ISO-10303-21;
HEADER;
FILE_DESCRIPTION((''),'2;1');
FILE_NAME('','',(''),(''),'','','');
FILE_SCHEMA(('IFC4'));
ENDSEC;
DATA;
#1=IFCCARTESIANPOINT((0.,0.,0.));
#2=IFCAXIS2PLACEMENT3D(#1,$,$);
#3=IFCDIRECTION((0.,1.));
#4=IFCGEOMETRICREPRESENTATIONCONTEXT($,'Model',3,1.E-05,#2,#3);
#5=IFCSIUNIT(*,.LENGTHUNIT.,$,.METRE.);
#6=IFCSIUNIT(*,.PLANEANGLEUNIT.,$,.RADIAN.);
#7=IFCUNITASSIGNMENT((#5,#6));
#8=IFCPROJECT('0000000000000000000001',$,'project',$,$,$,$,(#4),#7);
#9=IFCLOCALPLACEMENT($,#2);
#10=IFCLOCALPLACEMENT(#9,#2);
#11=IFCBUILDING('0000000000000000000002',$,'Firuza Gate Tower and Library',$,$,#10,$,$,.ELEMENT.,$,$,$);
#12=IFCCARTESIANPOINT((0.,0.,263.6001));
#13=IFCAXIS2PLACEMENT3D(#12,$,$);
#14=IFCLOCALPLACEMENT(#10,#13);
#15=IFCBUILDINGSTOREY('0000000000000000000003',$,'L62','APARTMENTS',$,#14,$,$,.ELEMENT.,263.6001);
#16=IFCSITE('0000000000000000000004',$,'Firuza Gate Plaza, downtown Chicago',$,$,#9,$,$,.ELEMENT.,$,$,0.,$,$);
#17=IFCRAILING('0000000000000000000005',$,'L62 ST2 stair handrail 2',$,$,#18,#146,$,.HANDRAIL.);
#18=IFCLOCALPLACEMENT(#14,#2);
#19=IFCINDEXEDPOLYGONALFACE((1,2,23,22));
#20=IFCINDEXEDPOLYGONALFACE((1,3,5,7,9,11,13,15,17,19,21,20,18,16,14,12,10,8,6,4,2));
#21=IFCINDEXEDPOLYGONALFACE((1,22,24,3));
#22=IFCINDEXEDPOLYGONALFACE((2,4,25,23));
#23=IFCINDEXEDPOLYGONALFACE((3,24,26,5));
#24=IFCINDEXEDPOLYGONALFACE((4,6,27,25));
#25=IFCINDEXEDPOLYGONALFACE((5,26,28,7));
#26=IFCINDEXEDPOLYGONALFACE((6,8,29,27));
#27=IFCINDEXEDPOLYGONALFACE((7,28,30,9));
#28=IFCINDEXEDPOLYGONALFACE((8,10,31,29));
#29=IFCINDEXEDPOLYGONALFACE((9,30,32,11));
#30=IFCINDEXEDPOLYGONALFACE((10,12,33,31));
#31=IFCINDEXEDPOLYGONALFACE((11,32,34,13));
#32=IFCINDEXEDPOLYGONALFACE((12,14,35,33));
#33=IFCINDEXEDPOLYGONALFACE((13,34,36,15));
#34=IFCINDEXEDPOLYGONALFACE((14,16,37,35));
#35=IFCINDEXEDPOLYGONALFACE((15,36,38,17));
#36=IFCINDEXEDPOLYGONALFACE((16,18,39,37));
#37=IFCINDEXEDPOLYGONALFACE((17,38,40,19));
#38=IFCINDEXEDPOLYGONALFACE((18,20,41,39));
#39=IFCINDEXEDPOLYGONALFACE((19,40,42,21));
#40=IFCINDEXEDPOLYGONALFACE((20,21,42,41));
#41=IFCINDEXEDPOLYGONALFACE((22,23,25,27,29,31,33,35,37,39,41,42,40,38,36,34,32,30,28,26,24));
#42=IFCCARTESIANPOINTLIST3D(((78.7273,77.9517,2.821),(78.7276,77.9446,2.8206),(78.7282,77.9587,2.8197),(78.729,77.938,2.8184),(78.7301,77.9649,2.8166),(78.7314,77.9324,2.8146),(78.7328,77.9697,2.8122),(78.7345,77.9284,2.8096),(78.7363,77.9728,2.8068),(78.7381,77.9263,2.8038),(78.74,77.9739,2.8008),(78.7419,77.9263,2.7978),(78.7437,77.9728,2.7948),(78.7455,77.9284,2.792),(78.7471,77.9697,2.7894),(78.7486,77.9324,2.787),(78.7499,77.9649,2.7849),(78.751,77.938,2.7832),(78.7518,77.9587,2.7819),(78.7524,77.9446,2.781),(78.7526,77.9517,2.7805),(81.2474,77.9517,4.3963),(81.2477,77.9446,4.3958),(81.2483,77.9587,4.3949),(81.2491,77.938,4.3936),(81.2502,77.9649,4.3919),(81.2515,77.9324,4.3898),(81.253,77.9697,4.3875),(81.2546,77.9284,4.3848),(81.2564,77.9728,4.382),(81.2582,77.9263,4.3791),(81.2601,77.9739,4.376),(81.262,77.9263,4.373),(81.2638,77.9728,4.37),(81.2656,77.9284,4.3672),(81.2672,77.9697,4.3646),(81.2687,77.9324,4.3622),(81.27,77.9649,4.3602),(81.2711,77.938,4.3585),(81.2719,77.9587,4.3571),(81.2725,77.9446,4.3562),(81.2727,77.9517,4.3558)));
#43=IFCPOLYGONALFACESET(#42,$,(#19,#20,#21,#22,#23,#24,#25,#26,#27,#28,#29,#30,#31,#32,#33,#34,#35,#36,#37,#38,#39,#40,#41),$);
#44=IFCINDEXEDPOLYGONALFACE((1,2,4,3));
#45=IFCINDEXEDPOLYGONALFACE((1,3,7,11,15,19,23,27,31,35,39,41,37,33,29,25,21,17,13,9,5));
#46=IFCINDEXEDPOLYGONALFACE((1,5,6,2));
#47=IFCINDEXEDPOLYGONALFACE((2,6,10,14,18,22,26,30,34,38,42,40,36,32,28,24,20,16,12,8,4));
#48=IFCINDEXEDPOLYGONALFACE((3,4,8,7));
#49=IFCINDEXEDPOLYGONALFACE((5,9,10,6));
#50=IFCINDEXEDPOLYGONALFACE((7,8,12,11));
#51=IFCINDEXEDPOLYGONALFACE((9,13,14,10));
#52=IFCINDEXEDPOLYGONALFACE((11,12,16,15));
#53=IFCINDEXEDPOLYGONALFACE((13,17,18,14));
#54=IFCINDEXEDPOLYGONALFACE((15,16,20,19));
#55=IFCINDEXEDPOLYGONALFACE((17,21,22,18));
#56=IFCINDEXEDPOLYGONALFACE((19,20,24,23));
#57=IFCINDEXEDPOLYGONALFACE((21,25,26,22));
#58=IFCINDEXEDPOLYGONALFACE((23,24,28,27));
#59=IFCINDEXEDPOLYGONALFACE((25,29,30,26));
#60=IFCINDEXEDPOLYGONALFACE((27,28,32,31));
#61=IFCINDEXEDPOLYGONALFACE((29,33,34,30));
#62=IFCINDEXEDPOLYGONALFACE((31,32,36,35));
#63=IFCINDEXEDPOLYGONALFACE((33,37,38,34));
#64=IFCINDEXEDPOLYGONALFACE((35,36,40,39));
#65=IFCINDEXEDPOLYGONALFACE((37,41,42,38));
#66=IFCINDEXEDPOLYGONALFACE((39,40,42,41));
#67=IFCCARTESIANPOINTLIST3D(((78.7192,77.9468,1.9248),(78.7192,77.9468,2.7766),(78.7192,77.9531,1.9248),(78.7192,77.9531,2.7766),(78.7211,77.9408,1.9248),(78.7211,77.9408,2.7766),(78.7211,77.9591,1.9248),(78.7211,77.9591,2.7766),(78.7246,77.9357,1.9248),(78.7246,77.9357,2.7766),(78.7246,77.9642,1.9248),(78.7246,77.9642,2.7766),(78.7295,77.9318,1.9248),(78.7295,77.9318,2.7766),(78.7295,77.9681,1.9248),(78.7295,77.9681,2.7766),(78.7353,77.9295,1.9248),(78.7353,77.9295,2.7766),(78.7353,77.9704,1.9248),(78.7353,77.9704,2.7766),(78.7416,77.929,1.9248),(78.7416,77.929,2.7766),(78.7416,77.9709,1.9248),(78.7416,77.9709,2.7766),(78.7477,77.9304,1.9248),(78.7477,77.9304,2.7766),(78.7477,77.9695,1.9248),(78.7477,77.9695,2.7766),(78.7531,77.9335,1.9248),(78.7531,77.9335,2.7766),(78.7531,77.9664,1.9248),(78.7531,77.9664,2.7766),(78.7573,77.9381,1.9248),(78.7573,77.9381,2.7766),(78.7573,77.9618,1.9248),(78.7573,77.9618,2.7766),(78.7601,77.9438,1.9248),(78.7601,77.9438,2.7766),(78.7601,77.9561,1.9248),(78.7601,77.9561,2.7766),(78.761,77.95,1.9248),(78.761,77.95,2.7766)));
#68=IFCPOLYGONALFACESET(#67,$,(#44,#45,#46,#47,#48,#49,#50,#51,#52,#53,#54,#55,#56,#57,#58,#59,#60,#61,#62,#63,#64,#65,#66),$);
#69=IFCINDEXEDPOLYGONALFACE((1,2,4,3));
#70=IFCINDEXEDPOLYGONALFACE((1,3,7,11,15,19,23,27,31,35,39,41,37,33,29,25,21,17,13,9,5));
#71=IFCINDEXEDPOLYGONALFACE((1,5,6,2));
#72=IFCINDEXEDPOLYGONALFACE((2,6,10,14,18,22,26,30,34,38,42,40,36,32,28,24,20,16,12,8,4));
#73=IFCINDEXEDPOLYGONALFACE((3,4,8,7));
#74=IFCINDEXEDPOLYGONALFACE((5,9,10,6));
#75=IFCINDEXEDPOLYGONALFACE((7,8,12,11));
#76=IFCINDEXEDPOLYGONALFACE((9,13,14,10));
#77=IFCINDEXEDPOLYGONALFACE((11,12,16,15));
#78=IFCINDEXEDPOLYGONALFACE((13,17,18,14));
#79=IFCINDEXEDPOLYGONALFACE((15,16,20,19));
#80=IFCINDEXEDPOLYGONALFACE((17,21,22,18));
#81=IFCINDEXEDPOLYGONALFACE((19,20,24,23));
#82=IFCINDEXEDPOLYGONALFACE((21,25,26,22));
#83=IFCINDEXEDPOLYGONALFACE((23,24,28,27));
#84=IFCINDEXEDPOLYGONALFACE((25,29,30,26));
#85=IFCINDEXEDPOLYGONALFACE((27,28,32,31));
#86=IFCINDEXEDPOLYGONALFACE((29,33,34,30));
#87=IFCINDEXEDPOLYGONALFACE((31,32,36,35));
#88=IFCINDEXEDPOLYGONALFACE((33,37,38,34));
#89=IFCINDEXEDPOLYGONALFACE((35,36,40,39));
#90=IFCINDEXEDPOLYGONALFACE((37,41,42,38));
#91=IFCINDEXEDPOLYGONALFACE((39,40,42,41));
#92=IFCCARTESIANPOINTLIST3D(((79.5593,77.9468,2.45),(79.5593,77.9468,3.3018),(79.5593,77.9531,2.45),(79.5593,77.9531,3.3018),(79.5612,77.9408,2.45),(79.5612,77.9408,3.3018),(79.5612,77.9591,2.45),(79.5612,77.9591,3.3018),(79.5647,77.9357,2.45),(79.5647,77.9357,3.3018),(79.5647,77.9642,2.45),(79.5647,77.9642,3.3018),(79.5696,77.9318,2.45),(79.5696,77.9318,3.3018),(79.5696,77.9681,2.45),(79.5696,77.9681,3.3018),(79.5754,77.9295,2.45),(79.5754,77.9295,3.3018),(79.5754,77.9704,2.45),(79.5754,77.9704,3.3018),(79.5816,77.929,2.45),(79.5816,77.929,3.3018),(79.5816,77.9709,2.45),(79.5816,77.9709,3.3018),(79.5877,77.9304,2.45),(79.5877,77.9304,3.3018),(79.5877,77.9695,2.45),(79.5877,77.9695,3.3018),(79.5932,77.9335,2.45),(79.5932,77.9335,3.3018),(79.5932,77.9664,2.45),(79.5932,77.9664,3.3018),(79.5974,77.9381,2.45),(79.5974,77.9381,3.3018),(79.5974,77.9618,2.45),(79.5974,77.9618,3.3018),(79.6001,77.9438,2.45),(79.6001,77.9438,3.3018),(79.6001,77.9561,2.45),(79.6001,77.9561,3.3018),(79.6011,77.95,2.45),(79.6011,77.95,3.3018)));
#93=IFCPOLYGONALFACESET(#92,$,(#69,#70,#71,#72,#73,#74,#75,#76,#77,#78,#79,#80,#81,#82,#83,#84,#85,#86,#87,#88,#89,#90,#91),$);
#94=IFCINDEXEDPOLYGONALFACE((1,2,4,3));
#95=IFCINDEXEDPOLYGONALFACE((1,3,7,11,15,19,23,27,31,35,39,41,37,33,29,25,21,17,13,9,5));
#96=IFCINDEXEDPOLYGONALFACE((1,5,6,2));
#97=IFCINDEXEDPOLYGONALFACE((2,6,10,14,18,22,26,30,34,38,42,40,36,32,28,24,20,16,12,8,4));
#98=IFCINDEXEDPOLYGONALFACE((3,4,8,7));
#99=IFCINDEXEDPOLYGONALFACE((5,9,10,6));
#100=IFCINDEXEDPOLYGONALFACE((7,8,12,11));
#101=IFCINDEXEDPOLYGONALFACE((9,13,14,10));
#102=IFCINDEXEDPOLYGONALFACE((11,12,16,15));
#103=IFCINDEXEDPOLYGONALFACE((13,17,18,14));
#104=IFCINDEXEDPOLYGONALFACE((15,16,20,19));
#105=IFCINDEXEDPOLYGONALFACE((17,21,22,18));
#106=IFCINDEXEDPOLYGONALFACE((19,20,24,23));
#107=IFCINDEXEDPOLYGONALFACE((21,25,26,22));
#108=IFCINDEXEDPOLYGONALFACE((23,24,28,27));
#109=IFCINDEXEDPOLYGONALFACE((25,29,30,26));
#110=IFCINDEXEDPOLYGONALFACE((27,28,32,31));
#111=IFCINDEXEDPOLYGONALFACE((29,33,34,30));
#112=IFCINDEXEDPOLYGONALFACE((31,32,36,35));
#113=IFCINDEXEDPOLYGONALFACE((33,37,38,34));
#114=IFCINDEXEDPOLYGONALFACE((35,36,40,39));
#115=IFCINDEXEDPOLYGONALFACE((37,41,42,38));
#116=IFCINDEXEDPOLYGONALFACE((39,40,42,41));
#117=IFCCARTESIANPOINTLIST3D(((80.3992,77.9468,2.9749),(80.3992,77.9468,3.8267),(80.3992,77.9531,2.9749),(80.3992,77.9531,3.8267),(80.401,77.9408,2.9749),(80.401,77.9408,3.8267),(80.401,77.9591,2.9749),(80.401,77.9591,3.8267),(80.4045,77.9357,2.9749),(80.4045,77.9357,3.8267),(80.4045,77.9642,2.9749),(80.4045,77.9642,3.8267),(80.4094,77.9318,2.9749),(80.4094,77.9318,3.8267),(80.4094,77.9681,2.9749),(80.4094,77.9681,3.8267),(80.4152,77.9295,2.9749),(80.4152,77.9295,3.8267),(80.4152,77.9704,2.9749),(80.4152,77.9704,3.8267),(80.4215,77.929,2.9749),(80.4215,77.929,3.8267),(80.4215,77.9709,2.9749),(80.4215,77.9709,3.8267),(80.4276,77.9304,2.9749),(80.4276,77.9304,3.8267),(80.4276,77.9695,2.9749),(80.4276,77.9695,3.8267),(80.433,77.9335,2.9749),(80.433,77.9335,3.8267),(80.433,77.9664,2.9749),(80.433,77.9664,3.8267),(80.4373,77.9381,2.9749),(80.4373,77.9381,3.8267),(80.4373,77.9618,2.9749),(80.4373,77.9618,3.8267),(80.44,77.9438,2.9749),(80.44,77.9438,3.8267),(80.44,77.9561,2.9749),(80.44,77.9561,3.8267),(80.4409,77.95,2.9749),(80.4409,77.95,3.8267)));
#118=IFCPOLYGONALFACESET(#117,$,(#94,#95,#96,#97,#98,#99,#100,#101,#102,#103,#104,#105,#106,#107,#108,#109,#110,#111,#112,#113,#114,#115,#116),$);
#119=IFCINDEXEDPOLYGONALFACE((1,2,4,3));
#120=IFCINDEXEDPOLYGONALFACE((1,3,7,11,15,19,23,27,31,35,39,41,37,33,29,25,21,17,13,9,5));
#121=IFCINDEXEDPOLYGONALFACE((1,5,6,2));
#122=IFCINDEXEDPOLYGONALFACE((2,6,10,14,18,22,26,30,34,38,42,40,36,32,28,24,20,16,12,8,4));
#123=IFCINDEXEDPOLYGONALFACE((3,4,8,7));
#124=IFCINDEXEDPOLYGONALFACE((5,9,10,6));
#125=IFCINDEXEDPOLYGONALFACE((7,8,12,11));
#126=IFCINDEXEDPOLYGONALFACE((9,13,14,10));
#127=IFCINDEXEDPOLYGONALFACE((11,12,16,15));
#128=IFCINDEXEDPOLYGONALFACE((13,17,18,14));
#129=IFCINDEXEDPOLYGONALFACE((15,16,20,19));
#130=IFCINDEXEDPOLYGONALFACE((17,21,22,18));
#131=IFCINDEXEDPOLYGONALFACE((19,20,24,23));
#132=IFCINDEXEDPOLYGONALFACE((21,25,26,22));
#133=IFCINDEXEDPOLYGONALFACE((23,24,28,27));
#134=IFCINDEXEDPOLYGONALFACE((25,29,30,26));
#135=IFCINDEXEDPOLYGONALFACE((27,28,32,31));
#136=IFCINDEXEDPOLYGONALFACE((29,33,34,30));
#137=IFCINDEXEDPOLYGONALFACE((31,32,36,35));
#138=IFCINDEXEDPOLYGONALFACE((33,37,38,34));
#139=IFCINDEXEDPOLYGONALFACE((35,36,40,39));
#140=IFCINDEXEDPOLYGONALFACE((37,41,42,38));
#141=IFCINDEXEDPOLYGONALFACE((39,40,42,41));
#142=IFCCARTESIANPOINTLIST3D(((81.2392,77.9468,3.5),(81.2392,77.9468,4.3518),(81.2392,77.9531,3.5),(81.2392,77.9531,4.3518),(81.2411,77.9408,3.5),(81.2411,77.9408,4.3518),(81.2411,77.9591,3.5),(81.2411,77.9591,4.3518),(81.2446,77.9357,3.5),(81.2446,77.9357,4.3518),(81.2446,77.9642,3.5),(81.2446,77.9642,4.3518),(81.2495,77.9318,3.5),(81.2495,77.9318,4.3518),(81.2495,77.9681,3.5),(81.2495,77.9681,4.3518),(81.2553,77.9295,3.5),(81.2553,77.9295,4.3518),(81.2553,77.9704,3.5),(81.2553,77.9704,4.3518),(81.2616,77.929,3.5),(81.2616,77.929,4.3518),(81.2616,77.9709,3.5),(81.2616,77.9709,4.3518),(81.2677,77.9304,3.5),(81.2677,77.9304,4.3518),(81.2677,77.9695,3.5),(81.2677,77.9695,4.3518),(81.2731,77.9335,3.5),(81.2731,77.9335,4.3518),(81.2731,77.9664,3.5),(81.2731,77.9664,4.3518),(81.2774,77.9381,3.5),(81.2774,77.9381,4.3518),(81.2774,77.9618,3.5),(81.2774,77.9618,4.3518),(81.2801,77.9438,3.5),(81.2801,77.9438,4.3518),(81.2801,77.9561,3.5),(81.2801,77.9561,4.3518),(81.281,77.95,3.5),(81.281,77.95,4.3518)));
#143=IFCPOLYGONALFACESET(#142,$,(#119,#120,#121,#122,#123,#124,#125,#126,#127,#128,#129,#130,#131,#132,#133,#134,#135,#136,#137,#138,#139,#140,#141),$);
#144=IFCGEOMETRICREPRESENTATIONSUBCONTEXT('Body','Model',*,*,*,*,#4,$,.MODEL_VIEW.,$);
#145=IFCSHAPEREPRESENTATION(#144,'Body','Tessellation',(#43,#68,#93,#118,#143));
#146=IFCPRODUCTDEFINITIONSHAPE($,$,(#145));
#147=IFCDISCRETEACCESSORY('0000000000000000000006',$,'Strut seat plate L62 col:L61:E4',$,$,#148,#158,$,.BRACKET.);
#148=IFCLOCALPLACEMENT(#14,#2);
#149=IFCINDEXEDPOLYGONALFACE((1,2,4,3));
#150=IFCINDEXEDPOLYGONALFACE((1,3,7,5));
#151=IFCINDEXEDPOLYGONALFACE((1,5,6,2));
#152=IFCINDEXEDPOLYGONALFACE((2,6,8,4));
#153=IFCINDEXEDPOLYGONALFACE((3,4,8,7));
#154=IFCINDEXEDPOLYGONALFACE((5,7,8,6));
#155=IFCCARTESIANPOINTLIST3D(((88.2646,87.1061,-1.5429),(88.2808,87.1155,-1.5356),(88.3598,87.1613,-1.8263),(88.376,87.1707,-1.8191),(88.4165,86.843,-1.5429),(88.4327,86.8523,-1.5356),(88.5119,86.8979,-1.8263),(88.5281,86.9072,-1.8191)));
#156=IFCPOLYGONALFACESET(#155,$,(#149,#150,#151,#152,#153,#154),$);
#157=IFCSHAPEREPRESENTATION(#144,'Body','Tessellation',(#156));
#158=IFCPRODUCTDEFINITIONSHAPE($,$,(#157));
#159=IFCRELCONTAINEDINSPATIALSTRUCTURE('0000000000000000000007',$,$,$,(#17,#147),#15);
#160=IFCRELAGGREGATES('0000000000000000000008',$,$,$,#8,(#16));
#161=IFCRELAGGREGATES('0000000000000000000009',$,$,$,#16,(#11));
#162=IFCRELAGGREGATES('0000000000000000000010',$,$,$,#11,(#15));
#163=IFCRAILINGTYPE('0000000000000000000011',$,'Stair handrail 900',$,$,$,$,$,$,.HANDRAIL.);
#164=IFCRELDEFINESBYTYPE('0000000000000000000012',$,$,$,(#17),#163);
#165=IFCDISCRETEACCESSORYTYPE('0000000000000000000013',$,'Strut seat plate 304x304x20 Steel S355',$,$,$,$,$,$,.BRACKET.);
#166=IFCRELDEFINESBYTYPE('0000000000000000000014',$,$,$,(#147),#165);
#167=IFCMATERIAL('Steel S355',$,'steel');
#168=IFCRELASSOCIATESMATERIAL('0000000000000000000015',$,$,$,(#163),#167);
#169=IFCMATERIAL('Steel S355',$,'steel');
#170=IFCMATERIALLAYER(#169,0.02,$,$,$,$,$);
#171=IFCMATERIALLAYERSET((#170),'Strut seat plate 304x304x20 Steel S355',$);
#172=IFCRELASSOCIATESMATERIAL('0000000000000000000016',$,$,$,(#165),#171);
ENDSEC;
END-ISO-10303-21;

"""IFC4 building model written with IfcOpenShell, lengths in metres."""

from ifc_helpers import new_model, si_unit, direction, frame, origin, origin_2d, place, context, subcontext, project, spatial, polyline, circle, outline, extrude, material, layer, layer_set, type_object, element, save


model = new_model("IFC4")

# Units and contexts
model_context = context("Model", 3, precision=1e-05, world=origin(), true_north=direction((0.0, 1.0)))
body_context = subcontext(model_context, "Body", "Model", "MODEL_VIEW")
ifc_project = project(units=[si_unit("LENGTHUNIT", "METRE"), si_unit("PLANEANGLEUNIT", "RADIAN")], contexts=[model_context])

# Site, building, storey
site_placement = place(None, origin())
site = spatial("IfcSite", under=ifc_project, at=site_placement, Name="Firuza Gate Plaza, downtown Chicago", CompositionType="ELEMENT", RefElevation=0.0)
building_placement = place(site_placement, origin())
building = spatial("IfcBuilding", under=site, at=building_placement, Name="Firuza Gate Tower and Library", CompositionType="ELEMENT")
storey_placement = place(building_placement, frame((0.0, 0.0, 263.6001)))
storey = spatial("IfcBuildingStorey", under=building, at=storey_placement, Name="L62", Description="APARTMENTS", CompositionType="ELEMENT", Elevation=263.6001)

# Railing
ifc_material_1 = material(Name="Steel S355", Category="steel")
railing_type_1 = type_object("IfcRailingType", Name="Stair handrail 900", PredefinedType="HANDRAIL", material=ifc_material_1)
railing_1_placement = place(storey_placement, frame((78.74, 77.95, 1.9248)))
element("IfcRailing", 1, at=railing_1_placement, inside=storey, type_object=railing_type_1, Name="L62 ST2 stair handrail 2", PredefinedType="HANDRAIL", context=body_context, shape_type="SweptSolid", body=[
    extrude(circle(Radius=0.0239, at=origin_2d()), frame((0.0, 0.0, 0.876), z_axis=(0.847971, 0.0, 0.530043), x_axis=(0.0, 1.0, 0.0)), (0.0, 0.0, 1.0), 2.9719),
    extrude(circle(Radius=0.021, at=origin_2d()), origin(), (0.0, 0.0, 1.0), 0.8518),
    extrude(circle(Radius=0.021, at=origin_2d()), frame((0.8401, 0.0, 0.5251)), (0.0, 0.0, 1.0), 0.8518),
    extrude(circle(Radius=0.021, at=origin_2d()), frame((1.6799, 0.0, 1.05)), (0.0, 0.0, 1.0), 0.8518),
    extrude(circle(Radius=0.021, at=origin_2d()), frame((2.52, 0.0, 1.5752)), (0.0, 0.0, 1.0), 0.8518),
])

# Discrete accessory
ifc_material_2 = material(Name="Steel S355", Category="steel")
ifc_layer_1 = layer(ifc_material_2, 0.02)
ifc_layer_set_1 = layer_set([ifc_layer_1], Name="Strut seat plate 304x304x20 Steel S355")
discrete_accessory_type = type_object("IfcDiscreteAccessoryType", Name="Strut seat plate 304x304x20 Steel S355", PredefinedType="BRACKET", material=ifc_layer_set_1)
discrete_accessory_placement = place(storey_placement, frame((88.2808, 87.1155, -1.5356), z_axis=(0.807329, 0.465982, 0.362051), x_axis=(0.49988, -0.866095, 0.00005)))
element("IfcDiscreteAccessory", 2, at=discrete_accessory_placement, inside=storey, type_object=discrete_accessory_type, Name="Strut seat plate L62 col:L61:E4", PredefinedType="BRACKET", context=body_context, shape_type="SweptSolid", body=[
    extrude(outline(polyline([(0.0, 0.0), (0.3039, 0.0), (0.304, 0.3041), (-0.0002, 0.3041), (0.0, 0.0)])), origin(), (0.0, 0.0, -1.0), 0.02),
])

save(model, "model.ifc")
